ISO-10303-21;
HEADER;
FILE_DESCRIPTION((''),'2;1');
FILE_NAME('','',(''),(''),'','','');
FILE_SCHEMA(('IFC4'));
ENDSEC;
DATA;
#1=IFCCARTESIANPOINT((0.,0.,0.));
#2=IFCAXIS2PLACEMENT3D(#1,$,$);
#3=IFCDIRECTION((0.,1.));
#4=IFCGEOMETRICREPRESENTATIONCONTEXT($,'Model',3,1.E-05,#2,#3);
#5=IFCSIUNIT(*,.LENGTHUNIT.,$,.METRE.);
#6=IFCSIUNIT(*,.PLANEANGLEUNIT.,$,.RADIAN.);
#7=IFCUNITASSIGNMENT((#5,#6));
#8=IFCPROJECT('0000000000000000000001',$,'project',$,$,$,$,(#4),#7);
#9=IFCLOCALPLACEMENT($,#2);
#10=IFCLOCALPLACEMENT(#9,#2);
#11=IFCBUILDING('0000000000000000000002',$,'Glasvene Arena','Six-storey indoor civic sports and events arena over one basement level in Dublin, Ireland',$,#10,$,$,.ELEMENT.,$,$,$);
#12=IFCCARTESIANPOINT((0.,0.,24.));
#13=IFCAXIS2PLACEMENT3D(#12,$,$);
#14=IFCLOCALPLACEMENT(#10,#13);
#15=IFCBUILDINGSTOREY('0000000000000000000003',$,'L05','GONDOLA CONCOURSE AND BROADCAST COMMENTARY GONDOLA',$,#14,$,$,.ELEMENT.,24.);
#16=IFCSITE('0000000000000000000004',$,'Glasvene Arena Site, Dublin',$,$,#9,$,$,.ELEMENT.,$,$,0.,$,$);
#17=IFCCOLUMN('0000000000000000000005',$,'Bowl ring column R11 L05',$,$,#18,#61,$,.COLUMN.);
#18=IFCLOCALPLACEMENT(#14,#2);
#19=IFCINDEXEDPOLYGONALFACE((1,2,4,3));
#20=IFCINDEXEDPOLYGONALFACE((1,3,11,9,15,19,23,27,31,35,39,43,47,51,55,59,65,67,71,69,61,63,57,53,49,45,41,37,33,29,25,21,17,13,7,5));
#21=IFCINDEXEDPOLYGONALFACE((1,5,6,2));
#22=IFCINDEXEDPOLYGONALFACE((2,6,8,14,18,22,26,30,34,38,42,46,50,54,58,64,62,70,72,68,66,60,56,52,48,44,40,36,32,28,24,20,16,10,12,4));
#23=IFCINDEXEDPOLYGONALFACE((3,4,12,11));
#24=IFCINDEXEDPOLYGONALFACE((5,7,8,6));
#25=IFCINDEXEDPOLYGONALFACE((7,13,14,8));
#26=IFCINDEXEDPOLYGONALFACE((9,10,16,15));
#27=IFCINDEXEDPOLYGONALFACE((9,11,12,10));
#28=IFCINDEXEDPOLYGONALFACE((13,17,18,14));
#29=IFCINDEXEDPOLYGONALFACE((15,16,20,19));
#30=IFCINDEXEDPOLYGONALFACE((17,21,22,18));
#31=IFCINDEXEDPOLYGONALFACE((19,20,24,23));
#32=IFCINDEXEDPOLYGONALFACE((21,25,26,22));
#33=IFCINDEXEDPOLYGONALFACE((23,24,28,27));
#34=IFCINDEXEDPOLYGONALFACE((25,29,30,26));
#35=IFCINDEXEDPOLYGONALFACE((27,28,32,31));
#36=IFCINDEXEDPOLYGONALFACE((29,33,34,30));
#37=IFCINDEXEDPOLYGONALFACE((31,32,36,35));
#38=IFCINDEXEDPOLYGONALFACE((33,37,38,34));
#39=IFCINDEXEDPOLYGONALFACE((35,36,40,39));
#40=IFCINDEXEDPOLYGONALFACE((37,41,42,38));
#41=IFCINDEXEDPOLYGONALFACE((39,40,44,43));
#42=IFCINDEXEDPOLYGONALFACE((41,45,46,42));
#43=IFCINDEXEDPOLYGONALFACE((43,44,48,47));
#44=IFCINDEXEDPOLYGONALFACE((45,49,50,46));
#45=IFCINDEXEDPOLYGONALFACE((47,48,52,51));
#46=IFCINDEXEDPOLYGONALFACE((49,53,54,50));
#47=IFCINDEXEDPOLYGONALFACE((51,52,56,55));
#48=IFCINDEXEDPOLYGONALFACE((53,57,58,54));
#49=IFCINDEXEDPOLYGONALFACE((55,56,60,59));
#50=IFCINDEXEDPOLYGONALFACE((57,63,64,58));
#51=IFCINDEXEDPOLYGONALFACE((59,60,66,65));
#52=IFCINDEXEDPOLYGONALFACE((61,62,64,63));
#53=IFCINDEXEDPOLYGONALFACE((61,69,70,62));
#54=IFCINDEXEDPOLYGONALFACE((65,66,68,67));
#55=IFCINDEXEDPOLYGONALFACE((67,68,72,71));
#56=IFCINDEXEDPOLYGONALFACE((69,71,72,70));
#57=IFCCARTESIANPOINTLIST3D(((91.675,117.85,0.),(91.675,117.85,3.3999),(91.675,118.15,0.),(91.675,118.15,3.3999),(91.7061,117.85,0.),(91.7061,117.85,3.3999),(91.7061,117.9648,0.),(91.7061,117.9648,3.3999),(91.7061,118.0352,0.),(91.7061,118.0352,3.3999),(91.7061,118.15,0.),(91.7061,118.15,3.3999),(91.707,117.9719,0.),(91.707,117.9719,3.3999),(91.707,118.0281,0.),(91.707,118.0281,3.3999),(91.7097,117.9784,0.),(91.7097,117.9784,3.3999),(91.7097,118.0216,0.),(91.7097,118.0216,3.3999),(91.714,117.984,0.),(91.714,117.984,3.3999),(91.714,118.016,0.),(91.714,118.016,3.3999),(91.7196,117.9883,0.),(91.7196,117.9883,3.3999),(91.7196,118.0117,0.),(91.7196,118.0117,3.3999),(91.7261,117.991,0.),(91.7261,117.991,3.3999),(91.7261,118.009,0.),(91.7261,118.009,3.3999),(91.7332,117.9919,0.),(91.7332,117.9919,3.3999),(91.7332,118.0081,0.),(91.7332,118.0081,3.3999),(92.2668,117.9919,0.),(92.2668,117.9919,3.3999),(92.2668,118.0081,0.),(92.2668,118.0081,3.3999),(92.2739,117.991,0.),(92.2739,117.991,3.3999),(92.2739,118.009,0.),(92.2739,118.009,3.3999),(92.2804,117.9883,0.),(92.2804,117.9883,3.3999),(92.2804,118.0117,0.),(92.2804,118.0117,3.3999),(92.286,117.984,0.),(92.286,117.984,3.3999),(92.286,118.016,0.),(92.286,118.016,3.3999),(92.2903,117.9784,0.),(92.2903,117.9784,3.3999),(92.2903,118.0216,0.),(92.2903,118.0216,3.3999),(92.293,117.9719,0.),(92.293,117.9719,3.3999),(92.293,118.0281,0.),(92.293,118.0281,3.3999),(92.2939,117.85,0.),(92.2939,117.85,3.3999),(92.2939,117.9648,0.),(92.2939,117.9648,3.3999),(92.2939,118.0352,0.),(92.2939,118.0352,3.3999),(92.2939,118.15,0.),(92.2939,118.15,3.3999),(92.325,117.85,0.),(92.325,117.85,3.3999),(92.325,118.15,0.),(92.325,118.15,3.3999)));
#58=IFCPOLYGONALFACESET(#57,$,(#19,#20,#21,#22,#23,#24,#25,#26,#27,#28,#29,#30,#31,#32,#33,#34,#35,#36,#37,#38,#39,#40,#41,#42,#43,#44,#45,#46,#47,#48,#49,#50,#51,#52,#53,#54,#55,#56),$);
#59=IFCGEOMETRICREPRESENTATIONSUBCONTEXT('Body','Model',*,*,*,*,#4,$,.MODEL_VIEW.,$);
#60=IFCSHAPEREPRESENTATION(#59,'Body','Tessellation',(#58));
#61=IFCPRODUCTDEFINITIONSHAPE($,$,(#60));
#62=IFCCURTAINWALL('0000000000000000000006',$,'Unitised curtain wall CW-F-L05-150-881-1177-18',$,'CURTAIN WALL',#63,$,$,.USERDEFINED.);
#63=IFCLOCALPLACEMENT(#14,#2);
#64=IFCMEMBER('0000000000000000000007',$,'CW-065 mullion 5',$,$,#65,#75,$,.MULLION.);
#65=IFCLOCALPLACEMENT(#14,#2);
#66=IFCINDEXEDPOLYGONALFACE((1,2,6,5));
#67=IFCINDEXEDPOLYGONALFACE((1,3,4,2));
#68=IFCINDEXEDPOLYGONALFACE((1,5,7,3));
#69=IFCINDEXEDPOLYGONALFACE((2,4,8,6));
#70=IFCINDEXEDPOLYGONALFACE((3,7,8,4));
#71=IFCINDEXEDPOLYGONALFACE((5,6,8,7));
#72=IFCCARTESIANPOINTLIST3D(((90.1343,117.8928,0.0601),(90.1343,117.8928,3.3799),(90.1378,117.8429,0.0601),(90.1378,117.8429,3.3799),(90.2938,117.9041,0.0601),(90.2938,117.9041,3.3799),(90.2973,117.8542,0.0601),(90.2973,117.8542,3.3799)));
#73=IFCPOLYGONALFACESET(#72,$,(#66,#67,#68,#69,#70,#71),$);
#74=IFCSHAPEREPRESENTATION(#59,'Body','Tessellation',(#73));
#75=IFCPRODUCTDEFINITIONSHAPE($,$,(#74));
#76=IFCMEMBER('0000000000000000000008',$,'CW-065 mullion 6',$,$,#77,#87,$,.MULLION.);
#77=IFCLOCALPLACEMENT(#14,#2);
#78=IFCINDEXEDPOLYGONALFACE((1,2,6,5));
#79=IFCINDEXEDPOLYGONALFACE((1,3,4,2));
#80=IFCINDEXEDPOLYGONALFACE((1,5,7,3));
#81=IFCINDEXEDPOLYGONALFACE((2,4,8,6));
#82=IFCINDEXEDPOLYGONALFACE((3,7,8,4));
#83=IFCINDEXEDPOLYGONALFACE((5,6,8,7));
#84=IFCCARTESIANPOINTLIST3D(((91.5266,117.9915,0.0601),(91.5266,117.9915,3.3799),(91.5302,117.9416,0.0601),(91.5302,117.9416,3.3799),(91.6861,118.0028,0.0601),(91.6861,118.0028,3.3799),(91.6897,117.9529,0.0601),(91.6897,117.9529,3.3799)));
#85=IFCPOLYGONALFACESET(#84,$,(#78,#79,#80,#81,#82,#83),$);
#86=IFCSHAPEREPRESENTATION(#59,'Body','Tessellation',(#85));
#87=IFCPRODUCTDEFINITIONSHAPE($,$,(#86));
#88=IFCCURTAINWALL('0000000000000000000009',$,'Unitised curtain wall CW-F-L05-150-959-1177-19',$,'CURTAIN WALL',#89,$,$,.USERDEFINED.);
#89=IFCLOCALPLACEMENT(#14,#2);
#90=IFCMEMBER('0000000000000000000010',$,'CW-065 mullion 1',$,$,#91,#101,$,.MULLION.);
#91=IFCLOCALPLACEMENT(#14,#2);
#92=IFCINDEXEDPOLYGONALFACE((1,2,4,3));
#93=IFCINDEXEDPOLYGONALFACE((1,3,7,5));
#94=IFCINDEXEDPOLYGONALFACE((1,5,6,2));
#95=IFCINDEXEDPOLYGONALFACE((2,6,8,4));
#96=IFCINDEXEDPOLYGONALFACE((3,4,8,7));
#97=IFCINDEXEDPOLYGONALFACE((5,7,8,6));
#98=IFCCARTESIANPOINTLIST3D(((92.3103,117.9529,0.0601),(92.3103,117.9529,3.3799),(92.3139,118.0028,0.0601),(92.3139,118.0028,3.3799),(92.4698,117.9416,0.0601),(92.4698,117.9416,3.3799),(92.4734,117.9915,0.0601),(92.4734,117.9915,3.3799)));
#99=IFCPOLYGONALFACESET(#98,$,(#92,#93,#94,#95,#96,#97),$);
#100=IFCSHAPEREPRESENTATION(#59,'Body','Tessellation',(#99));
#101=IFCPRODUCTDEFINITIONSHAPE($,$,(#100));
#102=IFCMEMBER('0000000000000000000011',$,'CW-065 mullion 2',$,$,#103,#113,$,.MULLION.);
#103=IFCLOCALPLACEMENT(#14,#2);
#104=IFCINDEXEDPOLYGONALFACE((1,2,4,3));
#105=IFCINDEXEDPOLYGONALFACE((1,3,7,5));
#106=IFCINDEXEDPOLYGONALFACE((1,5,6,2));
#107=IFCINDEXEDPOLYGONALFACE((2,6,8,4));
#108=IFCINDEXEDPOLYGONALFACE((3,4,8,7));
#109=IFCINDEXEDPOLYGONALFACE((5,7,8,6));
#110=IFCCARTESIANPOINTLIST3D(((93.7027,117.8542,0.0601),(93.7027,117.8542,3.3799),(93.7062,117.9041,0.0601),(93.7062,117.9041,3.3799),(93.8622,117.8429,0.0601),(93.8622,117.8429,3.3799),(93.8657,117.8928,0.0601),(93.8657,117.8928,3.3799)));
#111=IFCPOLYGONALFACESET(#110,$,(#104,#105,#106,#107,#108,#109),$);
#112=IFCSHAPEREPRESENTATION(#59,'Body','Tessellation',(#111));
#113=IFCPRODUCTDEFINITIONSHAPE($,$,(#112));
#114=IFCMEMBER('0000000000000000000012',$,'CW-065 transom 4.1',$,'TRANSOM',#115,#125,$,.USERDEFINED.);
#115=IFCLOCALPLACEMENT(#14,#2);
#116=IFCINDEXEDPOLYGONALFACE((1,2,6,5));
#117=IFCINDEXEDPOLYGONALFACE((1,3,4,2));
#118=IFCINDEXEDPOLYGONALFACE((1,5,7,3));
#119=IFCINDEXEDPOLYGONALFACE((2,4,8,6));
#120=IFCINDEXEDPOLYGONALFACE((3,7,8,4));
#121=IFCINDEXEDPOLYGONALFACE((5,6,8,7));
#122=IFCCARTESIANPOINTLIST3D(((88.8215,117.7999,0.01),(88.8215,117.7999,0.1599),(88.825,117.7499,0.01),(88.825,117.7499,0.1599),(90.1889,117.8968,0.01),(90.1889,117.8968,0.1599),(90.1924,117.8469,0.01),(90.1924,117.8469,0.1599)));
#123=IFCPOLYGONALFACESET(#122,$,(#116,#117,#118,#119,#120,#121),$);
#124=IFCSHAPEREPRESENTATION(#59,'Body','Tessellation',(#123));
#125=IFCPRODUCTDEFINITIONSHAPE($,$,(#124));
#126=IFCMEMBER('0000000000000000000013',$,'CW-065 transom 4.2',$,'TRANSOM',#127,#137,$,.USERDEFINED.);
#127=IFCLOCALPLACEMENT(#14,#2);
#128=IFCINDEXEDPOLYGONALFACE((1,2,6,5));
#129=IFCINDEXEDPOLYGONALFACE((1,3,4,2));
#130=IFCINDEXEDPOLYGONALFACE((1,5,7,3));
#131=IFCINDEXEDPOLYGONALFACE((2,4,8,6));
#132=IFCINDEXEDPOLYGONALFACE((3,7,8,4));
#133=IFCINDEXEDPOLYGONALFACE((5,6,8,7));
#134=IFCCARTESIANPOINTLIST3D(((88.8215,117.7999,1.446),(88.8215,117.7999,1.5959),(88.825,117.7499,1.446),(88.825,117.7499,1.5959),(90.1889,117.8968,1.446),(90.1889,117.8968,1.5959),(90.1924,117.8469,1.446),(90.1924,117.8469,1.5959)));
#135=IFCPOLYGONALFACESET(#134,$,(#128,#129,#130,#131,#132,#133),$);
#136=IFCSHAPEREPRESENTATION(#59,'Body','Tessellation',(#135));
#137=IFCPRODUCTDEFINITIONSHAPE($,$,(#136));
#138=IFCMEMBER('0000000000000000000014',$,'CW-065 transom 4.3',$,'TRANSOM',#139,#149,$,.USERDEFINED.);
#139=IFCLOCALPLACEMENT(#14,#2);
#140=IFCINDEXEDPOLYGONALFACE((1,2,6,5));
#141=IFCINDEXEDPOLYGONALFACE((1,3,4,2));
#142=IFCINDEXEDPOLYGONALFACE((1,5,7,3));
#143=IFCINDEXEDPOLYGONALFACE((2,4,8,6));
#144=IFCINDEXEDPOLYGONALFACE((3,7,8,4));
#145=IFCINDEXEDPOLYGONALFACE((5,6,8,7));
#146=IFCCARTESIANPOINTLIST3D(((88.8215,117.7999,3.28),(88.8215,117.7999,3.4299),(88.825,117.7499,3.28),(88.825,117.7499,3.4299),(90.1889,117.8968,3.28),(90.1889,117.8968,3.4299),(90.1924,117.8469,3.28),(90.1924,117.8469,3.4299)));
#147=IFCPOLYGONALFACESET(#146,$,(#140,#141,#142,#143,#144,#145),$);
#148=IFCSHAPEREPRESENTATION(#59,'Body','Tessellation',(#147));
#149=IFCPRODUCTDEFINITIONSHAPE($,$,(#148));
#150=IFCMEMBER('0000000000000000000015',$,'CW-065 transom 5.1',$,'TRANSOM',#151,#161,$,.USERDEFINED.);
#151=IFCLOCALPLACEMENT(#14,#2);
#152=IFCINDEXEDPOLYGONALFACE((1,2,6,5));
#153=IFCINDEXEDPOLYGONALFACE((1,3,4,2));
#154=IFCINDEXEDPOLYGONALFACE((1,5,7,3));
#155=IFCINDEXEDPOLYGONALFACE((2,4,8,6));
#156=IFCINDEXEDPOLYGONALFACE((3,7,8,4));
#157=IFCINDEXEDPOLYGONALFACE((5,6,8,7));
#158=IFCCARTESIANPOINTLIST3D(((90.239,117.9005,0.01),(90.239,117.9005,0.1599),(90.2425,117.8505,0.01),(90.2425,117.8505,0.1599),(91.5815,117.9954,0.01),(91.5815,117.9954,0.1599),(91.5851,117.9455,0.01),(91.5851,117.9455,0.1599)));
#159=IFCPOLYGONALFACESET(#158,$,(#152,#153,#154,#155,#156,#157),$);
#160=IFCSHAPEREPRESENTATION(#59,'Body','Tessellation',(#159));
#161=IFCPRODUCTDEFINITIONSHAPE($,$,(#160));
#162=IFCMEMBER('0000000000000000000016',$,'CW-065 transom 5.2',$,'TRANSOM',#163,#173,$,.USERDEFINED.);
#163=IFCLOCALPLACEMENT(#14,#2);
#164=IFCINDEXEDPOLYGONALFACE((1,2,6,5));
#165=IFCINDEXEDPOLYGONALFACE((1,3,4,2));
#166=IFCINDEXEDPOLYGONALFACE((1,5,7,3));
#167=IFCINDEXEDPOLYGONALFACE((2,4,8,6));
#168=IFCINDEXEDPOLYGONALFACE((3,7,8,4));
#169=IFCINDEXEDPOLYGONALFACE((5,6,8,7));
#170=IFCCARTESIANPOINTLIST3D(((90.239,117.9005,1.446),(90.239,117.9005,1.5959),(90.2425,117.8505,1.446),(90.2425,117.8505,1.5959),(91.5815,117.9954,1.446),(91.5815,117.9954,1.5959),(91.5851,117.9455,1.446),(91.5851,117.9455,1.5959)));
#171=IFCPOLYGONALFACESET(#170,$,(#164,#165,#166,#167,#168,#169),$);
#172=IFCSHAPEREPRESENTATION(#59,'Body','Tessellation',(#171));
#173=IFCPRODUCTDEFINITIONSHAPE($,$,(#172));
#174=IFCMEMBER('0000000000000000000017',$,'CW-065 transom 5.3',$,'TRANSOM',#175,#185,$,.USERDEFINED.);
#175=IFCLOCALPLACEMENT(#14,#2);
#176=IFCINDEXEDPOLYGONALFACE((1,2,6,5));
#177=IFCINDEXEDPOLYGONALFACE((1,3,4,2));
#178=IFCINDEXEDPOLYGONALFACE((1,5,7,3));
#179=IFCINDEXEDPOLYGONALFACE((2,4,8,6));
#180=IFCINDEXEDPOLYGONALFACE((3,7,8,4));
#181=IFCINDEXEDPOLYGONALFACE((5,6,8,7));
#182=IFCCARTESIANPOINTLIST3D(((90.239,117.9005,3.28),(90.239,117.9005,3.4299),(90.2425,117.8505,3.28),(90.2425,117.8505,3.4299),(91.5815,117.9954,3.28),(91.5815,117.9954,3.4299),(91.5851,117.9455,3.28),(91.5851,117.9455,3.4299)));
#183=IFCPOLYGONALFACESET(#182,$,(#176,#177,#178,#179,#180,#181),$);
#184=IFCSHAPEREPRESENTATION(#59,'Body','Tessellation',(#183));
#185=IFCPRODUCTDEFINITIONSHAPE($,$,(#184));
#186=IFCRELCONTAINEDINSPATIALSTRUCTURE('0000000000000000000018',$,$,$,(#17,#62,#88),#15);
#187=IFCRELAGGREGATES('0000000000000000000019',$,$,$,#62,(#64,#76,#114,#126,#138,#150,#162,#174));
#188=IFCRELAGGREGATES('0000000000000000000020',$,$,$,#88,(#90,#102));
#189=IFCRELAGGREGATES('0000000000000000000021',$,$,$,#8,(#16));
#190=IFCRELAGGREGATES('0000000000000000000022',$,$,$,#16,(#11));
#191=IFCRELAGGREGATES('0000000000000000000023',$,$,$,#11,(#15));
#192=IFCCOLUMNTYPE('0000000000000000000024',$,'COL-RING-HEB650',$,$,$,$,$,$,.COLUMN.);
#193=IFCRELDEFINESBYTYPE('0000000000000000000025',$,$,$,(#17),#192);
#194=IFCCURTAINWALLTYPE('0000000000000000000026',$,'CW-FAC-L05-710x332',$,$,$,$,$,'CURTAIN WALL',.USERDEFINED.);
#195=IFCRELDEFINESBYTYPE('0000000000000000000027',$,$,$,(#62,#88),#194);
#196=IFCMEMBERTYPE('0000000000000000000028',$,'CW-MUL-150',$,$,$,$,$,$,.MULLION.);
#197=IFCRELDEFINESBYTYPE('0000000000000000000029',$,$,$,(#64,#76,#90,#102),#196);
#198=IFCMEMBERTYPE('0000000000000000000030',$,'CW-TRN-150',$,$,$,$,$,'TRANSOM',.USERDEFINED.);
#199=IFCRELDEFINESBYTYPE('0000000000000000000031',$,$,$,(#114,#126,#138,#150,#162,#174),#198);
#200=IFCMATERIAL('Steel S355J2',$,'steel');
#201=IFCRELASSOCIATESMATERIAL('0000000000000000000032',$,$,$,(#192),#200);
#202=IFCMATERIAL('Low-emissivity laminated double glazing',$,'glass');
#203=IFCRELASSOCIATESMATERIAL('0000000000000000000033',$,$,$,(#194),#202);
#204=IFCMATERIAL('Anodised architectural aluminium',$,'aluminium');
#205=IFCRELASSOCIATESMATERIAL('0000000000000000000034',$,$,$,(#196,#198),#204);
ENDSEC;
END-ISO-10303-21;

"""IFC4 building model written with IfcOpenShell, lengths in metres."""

from ifc_helpers import new_model, si_unit, direction, frame, origin, origin_2d, place, context, subcontext, project, spatial, rectangle, i_section, extrude, material, material_profile, profile_set, type_object, element, aggregate, save


model = new_model("IFC4")

# Units and contexts
model_context = context("Model", 3, precision=1e-05, world=origin(), true_north=direction((0.0, 1.0)))
body_context = subcontext(model_context, "Body", "Model", "MODEL_VIEW")
ifc_project = project(units=[si_unit("LENGTHUNIT", "METRE"), si_unit("PLANEANGLEUNIT", "RADIAN")], contexts=[model_context])

# Site, building, storey
site_placement = place(None, origin())
site = spatial("IfcSite", under=ifc_project, at=site_placement, Name="Glasvene Arena Site, Dublin", CompositionType="ELEMENT", RefElevation=0.0)
building_placement = place(site_placement, origin())
building = spatial("IfcBuilding", under=site, at=building_placement, Name="Glasvene Arena", Description="Six-storey indoor civic sports and events arena over one basement level in Dublin, Ireland", CompositionType="ELEMENT")
storey_placement = place(building_placement, frame((0.0, 0.0, 24.0)))
storey = spatial("IfcBuildingStorey", under=building, at=storey_placement, Name="L05", Description="GONDOLA CONCOURSE AND BROADCAST COMMENTARY GONDOLA", CompositionType="ELEMENT", Elevation=24.0)

# Column
ifc_material_1 = material(Name="Steel S355J2", Category="steel")
ifc_material_profile_1 = material_profile(ifc_material_1, i_section(OverallWidth=0.3, OverallDepth=0.6499, WebThickness=0.0161, FlangeThickness=0.031, FilletRadius=0.0271, at=origin_2d()), Name="HEB 650")
ifc_profile_set_1 = profile_set([ifc_material_profile_1], Name="Steel S355J2")
column_type = type_object("IfcColumnType", Name="COL-RING-HEB650", PredefinedType="COLUMN", material=ifc_profile_set_1)
column_placement = place(storey_placement, frame((92.0, 118.0, 0.0), z_axis=(0.0, 0.0, 1.0), x_axis=(0.0, 1.0, 0.0)))
element("IfcColumn", 1, at=column_placement, inside=storey, type_object=column_type, Name="Bowl ring column R11 L05", PredefinedType="COLUMN", context=body_context, shape_type="SweptSolid", body=[
    extrude(i_section(OverallWidth=0.3, OverallDepth=0.6499, WebThickness=0.0161, FlangeThickness=0.031, FilletRadius=0.0271, at=origin_2d()), origin(), (0.0, 0.0, 1.0), 3.3999),
])

# Curtain walls, members
ifc_material_2 = material(Name="Low-emissivity laminated double glazing", Category="glass")
curtain_wall_type = type_object("IfcCurtainWallType", Name="CW-FAC-L05-710x332", ElementType="CURTAIN WALL", PredefinedType="USERDEFINED", material=ifc_material_2)
curtain_wall_1_placement = place(storey_placement, frame((84.5461, 117.4719, 0.0)))
curtain_wall_1 = element("IfcCurtainWall", 2, at=curtain_wall_1_placement, inside=storey, type_object=curtain_wall_type, Name="Unitised curtain wall CW-F-L05-150-881-1177-18", ObjectType="CURTAIN WALL", PredefinedType="USERDEFINED")
ifc_material_3 = material(Name="Anodised architectural aluminium", Category="aluminium")
ifc_material_profile_2 = material_profile(ifc_material_3, rectangle(XDim=0.05, YDim=0.1599, at=origin_2d()), Name="ALU MULLION 50x160")
ifc_profile_set_2 = profile_set([ifc_material_profile_2], Name="Anodised architectural aluminium")
member_type_1 = type_object("IfcMemberType", Name="CW-MUL-150", PredefinedType="MULLION", material=ifc_profile_set_2)
member_1_placement = place(storey_placement, frame((90.2158, 117.8735, 0.0601), z_axis=(0.0, 0.0, 1.0), x_axis=(-0.070657, 0.997501, 0.0)))
member_1 = element("IfcMember", 3, at=member_1_placement, type_object=member_type_1, Name="CW-065 mullion 5", PredefinedType="MULLION", context=body_context, shape_type="SweptSolid", body=[
    extrude(rectangle(XDim=0.05, YDim=0.1599, at=origin_2d()), origin(), (0.0, 0.0, 1.0), 3.3198),
])
member_2_placement = place(storey_placement, frame((91.6082, 117.9722, 0.0601), z_axis=(0.0, 0.0, 1.0), x_axis=(-0.070657, 0.997501, 0.0)))
member_2 = element("IfcMember", 4, at=member_2_placement, type_object=member_type_1, Name="CW-065 mullion 6", PredefinedType="MULLION", context=body_context, shape_type="SweptSolid", body=[
    extrude(rectangle(XDim=0.05, YDim=0.1599, at=origin_2d()), origin(), (0.0, 0.0, 1.0), 3.3198),
])
curtain_wall_2_placement = place(storey_placement, frame((92.3669, 117.9741, 0.0)))
curtain_wall_2 = element("IfcCurtainWall", 5, at=curtain_wall_2_placement, inside=storey, type_object=curtain_wall_type, Name="Unitised curtain wall CW-F-L05-150-959-1177-19", ObjectType="CURTAIN WALL", PredefinedType="USERDEFINED")
member_3_placement = place(storey_placement, frame((92.3918, 117.9722, 0.0601), z_axis=(0.0, 0.0, 1.0), x_axis=(0.070657, 0.997501, 0.0)))
member_3 = element("IfcMember", 6, at=member_3_placement, type_object=member_type_1, Name="CW-065 mullion 1", PredefinedType="MULLION", context=body_context, shape_type="SweptSolid", body=[
    extrude(rectangle(XDim=0.05, YDim=0.1599, at=origin_2d()), origin(), (0.0, 0.0, 1.0), 3.3198),
])
member_4_placement = place(storey_placement, frame((93.7842, 117.8735, 0.0601), z_axis=(0.0, 0.0, 1.0), x_axis=(0.070657, 0.997501, 0.0)))
member_4 = element("IfcMember", 7, at=member_4_placement, type_object=member_type_1, Name="CW-065 mullion 2", PredefinedType="MULLION", context=body_context, shape_type="SweptSolid", body=[
    extrude(rectangle(XDim=0.05, YDim=0.1599, at=origin_2d()), origin(), (0.0, 0.0, 1.0), 3.3198),
])

# Members
ifc_material_profile_3 = material_profile(ifc_material_3, rectangle(XDim=0.05, YDim=0.1499, at=origin_2d()), Name="ALU TRANSOM 50x150")
ifc_profile_set_3 = profile_set([ifc_material_profile_3], Name="Anodised architectural aluminium")
member_type_2 = type_object("IfcMemberType", Name="CW-TRN-150", ElementType="TRANSOM", PredefinedType="USERDEFINED", material=ifc_profile_set_3)
member_5_placement = place(storey_placement, frame((88.8232, 117.7749, 0.085), z_axis=(0.997497, 0.070703, 0.0), x_axis=(-0.070703, 0.997497, 0.0)))
member_5 = element("IfcMember", 8, at=member_5_placement, type_object=member_type_2, Name="CW-065 transom 4.1", ObjectType="TRANSOM", PredefinedType="USERDEFINED", context=body_context, shape_type="SweptSolid", body=[
    extrude(rectangle(XDim=0.05, YDim=0.1499, at=origin_2d()), origin(), (0.0, 0.0, 1.0), 1.3708),
])
member_6_placement = place(storey_placement, frame((88.8232, 117.7749, 1.521), z_axis=(0.997497, 0.070703, 0.0), x_axis=(-0.070703, 0.997497, 0.0)))
member_6 = element("IfcMember", 9, at=member_6_placement, type_object=member_type_2, Name="CW-065 transom 4.2", ObjectType="TRANSOM", PredefinedType="USERDEFINED", context=body_context, shape_type="SweptSolid", body=[
    extrude(rectangle(XDim=0.05, YDim=0.1499, at=origin_2d()), origin(), (0.0, 0.0, 1.0), 1.3708),
])
member_7_placement = place(storey_placement, frame((88.8232, 117.7749, 3.355), z_axis=(0.997497, 0.070703, 0.0), x_axis=(-0.070703, 0.997497, 0.0)))
member_7 = element("IfcMember", 10, at=member_7_placement, type_object=member_type_2, Name="CW-065 transom 4.3", ObjectType="TRANSOM", PredefinedType="USERDEFINED", context=body_context, shape_type="SweptSolid", body=[
    extrude(rectangle(XDim=0.05, YDim=0.1499, at=origin_2d()), origin(), (0.0, 0.0, 1.0), 1.3708),
])
member_8_placement = place(storey_placement, frame((90.2407, 117.8755, 0.085), z_axis=(0.997507, 0.070564, 0.0), x_axis=(-0.070564, 0.997507, 0.0)))
member_8 = element("IfcMember", 11, at=member_8_placement, type_object=member_type_2, Name="CW-065 transom 5.1", ObjectType="TRANSOM", PredefinedType="USERDEFINED", context=body_context, shape_type="SweptSolid", body=[
    extrude(rectangle(XDim=0.05, YDim=0.1499, at=origin_2d()), origin(), (0.0, 0.0, 1.0), 1.3459),
])
member_9_placement = place(storey_placement, frame((90.2407, 117.8755, 1.521), z_axis=(0.997507, 0.070564, 0.0), x_axis=(-0.070564, 0.997507, 0.0)))
member_9 = element("IfcMember", 12, at=member_9_placement, type_object=member_type_2, Name="CW-065 transom 5.2", ObjectType="TRANSOM", PredefinedType="USERDEFINED", context=body_context, shape_type="SweptSolid", body=[
    extrude(rectangle(XDim=0.05, YDim=0.1499, at=origin_2d()), origin(), (0.0, 0.0, 1.0), 1.3459),
])
member_10_placement = place(storey_placement, frame((90.2407, 117.8755, 3.355), z_axis=(0.997507, 0.070564, 0.0), x_axis=(-0.070564, 0.997507, 0.0)))
member_10 = element("IfcMember", 13, at=member_10_placement, type_object=member_type_2, Name="CW-065 transom 5.3", ObjectType="TRANSOM", PredefinedType="USERDEFINED", context=body_context, shape_type="SweptSolid", body=[
    extrude(rectangle(XDim=0.05, YDim=0.1499, at=origin_2d()), origin(), (0.0, 0.0, 1.0), 1.3459),
])

aggregate(curtain_wall_1, [member_1, member_2, member_5, member_6, member_7, member_8, member_9, member_10])
aggregate(curtain_wall_2, [member_3, member_4])

save(model, "model.ifc")
